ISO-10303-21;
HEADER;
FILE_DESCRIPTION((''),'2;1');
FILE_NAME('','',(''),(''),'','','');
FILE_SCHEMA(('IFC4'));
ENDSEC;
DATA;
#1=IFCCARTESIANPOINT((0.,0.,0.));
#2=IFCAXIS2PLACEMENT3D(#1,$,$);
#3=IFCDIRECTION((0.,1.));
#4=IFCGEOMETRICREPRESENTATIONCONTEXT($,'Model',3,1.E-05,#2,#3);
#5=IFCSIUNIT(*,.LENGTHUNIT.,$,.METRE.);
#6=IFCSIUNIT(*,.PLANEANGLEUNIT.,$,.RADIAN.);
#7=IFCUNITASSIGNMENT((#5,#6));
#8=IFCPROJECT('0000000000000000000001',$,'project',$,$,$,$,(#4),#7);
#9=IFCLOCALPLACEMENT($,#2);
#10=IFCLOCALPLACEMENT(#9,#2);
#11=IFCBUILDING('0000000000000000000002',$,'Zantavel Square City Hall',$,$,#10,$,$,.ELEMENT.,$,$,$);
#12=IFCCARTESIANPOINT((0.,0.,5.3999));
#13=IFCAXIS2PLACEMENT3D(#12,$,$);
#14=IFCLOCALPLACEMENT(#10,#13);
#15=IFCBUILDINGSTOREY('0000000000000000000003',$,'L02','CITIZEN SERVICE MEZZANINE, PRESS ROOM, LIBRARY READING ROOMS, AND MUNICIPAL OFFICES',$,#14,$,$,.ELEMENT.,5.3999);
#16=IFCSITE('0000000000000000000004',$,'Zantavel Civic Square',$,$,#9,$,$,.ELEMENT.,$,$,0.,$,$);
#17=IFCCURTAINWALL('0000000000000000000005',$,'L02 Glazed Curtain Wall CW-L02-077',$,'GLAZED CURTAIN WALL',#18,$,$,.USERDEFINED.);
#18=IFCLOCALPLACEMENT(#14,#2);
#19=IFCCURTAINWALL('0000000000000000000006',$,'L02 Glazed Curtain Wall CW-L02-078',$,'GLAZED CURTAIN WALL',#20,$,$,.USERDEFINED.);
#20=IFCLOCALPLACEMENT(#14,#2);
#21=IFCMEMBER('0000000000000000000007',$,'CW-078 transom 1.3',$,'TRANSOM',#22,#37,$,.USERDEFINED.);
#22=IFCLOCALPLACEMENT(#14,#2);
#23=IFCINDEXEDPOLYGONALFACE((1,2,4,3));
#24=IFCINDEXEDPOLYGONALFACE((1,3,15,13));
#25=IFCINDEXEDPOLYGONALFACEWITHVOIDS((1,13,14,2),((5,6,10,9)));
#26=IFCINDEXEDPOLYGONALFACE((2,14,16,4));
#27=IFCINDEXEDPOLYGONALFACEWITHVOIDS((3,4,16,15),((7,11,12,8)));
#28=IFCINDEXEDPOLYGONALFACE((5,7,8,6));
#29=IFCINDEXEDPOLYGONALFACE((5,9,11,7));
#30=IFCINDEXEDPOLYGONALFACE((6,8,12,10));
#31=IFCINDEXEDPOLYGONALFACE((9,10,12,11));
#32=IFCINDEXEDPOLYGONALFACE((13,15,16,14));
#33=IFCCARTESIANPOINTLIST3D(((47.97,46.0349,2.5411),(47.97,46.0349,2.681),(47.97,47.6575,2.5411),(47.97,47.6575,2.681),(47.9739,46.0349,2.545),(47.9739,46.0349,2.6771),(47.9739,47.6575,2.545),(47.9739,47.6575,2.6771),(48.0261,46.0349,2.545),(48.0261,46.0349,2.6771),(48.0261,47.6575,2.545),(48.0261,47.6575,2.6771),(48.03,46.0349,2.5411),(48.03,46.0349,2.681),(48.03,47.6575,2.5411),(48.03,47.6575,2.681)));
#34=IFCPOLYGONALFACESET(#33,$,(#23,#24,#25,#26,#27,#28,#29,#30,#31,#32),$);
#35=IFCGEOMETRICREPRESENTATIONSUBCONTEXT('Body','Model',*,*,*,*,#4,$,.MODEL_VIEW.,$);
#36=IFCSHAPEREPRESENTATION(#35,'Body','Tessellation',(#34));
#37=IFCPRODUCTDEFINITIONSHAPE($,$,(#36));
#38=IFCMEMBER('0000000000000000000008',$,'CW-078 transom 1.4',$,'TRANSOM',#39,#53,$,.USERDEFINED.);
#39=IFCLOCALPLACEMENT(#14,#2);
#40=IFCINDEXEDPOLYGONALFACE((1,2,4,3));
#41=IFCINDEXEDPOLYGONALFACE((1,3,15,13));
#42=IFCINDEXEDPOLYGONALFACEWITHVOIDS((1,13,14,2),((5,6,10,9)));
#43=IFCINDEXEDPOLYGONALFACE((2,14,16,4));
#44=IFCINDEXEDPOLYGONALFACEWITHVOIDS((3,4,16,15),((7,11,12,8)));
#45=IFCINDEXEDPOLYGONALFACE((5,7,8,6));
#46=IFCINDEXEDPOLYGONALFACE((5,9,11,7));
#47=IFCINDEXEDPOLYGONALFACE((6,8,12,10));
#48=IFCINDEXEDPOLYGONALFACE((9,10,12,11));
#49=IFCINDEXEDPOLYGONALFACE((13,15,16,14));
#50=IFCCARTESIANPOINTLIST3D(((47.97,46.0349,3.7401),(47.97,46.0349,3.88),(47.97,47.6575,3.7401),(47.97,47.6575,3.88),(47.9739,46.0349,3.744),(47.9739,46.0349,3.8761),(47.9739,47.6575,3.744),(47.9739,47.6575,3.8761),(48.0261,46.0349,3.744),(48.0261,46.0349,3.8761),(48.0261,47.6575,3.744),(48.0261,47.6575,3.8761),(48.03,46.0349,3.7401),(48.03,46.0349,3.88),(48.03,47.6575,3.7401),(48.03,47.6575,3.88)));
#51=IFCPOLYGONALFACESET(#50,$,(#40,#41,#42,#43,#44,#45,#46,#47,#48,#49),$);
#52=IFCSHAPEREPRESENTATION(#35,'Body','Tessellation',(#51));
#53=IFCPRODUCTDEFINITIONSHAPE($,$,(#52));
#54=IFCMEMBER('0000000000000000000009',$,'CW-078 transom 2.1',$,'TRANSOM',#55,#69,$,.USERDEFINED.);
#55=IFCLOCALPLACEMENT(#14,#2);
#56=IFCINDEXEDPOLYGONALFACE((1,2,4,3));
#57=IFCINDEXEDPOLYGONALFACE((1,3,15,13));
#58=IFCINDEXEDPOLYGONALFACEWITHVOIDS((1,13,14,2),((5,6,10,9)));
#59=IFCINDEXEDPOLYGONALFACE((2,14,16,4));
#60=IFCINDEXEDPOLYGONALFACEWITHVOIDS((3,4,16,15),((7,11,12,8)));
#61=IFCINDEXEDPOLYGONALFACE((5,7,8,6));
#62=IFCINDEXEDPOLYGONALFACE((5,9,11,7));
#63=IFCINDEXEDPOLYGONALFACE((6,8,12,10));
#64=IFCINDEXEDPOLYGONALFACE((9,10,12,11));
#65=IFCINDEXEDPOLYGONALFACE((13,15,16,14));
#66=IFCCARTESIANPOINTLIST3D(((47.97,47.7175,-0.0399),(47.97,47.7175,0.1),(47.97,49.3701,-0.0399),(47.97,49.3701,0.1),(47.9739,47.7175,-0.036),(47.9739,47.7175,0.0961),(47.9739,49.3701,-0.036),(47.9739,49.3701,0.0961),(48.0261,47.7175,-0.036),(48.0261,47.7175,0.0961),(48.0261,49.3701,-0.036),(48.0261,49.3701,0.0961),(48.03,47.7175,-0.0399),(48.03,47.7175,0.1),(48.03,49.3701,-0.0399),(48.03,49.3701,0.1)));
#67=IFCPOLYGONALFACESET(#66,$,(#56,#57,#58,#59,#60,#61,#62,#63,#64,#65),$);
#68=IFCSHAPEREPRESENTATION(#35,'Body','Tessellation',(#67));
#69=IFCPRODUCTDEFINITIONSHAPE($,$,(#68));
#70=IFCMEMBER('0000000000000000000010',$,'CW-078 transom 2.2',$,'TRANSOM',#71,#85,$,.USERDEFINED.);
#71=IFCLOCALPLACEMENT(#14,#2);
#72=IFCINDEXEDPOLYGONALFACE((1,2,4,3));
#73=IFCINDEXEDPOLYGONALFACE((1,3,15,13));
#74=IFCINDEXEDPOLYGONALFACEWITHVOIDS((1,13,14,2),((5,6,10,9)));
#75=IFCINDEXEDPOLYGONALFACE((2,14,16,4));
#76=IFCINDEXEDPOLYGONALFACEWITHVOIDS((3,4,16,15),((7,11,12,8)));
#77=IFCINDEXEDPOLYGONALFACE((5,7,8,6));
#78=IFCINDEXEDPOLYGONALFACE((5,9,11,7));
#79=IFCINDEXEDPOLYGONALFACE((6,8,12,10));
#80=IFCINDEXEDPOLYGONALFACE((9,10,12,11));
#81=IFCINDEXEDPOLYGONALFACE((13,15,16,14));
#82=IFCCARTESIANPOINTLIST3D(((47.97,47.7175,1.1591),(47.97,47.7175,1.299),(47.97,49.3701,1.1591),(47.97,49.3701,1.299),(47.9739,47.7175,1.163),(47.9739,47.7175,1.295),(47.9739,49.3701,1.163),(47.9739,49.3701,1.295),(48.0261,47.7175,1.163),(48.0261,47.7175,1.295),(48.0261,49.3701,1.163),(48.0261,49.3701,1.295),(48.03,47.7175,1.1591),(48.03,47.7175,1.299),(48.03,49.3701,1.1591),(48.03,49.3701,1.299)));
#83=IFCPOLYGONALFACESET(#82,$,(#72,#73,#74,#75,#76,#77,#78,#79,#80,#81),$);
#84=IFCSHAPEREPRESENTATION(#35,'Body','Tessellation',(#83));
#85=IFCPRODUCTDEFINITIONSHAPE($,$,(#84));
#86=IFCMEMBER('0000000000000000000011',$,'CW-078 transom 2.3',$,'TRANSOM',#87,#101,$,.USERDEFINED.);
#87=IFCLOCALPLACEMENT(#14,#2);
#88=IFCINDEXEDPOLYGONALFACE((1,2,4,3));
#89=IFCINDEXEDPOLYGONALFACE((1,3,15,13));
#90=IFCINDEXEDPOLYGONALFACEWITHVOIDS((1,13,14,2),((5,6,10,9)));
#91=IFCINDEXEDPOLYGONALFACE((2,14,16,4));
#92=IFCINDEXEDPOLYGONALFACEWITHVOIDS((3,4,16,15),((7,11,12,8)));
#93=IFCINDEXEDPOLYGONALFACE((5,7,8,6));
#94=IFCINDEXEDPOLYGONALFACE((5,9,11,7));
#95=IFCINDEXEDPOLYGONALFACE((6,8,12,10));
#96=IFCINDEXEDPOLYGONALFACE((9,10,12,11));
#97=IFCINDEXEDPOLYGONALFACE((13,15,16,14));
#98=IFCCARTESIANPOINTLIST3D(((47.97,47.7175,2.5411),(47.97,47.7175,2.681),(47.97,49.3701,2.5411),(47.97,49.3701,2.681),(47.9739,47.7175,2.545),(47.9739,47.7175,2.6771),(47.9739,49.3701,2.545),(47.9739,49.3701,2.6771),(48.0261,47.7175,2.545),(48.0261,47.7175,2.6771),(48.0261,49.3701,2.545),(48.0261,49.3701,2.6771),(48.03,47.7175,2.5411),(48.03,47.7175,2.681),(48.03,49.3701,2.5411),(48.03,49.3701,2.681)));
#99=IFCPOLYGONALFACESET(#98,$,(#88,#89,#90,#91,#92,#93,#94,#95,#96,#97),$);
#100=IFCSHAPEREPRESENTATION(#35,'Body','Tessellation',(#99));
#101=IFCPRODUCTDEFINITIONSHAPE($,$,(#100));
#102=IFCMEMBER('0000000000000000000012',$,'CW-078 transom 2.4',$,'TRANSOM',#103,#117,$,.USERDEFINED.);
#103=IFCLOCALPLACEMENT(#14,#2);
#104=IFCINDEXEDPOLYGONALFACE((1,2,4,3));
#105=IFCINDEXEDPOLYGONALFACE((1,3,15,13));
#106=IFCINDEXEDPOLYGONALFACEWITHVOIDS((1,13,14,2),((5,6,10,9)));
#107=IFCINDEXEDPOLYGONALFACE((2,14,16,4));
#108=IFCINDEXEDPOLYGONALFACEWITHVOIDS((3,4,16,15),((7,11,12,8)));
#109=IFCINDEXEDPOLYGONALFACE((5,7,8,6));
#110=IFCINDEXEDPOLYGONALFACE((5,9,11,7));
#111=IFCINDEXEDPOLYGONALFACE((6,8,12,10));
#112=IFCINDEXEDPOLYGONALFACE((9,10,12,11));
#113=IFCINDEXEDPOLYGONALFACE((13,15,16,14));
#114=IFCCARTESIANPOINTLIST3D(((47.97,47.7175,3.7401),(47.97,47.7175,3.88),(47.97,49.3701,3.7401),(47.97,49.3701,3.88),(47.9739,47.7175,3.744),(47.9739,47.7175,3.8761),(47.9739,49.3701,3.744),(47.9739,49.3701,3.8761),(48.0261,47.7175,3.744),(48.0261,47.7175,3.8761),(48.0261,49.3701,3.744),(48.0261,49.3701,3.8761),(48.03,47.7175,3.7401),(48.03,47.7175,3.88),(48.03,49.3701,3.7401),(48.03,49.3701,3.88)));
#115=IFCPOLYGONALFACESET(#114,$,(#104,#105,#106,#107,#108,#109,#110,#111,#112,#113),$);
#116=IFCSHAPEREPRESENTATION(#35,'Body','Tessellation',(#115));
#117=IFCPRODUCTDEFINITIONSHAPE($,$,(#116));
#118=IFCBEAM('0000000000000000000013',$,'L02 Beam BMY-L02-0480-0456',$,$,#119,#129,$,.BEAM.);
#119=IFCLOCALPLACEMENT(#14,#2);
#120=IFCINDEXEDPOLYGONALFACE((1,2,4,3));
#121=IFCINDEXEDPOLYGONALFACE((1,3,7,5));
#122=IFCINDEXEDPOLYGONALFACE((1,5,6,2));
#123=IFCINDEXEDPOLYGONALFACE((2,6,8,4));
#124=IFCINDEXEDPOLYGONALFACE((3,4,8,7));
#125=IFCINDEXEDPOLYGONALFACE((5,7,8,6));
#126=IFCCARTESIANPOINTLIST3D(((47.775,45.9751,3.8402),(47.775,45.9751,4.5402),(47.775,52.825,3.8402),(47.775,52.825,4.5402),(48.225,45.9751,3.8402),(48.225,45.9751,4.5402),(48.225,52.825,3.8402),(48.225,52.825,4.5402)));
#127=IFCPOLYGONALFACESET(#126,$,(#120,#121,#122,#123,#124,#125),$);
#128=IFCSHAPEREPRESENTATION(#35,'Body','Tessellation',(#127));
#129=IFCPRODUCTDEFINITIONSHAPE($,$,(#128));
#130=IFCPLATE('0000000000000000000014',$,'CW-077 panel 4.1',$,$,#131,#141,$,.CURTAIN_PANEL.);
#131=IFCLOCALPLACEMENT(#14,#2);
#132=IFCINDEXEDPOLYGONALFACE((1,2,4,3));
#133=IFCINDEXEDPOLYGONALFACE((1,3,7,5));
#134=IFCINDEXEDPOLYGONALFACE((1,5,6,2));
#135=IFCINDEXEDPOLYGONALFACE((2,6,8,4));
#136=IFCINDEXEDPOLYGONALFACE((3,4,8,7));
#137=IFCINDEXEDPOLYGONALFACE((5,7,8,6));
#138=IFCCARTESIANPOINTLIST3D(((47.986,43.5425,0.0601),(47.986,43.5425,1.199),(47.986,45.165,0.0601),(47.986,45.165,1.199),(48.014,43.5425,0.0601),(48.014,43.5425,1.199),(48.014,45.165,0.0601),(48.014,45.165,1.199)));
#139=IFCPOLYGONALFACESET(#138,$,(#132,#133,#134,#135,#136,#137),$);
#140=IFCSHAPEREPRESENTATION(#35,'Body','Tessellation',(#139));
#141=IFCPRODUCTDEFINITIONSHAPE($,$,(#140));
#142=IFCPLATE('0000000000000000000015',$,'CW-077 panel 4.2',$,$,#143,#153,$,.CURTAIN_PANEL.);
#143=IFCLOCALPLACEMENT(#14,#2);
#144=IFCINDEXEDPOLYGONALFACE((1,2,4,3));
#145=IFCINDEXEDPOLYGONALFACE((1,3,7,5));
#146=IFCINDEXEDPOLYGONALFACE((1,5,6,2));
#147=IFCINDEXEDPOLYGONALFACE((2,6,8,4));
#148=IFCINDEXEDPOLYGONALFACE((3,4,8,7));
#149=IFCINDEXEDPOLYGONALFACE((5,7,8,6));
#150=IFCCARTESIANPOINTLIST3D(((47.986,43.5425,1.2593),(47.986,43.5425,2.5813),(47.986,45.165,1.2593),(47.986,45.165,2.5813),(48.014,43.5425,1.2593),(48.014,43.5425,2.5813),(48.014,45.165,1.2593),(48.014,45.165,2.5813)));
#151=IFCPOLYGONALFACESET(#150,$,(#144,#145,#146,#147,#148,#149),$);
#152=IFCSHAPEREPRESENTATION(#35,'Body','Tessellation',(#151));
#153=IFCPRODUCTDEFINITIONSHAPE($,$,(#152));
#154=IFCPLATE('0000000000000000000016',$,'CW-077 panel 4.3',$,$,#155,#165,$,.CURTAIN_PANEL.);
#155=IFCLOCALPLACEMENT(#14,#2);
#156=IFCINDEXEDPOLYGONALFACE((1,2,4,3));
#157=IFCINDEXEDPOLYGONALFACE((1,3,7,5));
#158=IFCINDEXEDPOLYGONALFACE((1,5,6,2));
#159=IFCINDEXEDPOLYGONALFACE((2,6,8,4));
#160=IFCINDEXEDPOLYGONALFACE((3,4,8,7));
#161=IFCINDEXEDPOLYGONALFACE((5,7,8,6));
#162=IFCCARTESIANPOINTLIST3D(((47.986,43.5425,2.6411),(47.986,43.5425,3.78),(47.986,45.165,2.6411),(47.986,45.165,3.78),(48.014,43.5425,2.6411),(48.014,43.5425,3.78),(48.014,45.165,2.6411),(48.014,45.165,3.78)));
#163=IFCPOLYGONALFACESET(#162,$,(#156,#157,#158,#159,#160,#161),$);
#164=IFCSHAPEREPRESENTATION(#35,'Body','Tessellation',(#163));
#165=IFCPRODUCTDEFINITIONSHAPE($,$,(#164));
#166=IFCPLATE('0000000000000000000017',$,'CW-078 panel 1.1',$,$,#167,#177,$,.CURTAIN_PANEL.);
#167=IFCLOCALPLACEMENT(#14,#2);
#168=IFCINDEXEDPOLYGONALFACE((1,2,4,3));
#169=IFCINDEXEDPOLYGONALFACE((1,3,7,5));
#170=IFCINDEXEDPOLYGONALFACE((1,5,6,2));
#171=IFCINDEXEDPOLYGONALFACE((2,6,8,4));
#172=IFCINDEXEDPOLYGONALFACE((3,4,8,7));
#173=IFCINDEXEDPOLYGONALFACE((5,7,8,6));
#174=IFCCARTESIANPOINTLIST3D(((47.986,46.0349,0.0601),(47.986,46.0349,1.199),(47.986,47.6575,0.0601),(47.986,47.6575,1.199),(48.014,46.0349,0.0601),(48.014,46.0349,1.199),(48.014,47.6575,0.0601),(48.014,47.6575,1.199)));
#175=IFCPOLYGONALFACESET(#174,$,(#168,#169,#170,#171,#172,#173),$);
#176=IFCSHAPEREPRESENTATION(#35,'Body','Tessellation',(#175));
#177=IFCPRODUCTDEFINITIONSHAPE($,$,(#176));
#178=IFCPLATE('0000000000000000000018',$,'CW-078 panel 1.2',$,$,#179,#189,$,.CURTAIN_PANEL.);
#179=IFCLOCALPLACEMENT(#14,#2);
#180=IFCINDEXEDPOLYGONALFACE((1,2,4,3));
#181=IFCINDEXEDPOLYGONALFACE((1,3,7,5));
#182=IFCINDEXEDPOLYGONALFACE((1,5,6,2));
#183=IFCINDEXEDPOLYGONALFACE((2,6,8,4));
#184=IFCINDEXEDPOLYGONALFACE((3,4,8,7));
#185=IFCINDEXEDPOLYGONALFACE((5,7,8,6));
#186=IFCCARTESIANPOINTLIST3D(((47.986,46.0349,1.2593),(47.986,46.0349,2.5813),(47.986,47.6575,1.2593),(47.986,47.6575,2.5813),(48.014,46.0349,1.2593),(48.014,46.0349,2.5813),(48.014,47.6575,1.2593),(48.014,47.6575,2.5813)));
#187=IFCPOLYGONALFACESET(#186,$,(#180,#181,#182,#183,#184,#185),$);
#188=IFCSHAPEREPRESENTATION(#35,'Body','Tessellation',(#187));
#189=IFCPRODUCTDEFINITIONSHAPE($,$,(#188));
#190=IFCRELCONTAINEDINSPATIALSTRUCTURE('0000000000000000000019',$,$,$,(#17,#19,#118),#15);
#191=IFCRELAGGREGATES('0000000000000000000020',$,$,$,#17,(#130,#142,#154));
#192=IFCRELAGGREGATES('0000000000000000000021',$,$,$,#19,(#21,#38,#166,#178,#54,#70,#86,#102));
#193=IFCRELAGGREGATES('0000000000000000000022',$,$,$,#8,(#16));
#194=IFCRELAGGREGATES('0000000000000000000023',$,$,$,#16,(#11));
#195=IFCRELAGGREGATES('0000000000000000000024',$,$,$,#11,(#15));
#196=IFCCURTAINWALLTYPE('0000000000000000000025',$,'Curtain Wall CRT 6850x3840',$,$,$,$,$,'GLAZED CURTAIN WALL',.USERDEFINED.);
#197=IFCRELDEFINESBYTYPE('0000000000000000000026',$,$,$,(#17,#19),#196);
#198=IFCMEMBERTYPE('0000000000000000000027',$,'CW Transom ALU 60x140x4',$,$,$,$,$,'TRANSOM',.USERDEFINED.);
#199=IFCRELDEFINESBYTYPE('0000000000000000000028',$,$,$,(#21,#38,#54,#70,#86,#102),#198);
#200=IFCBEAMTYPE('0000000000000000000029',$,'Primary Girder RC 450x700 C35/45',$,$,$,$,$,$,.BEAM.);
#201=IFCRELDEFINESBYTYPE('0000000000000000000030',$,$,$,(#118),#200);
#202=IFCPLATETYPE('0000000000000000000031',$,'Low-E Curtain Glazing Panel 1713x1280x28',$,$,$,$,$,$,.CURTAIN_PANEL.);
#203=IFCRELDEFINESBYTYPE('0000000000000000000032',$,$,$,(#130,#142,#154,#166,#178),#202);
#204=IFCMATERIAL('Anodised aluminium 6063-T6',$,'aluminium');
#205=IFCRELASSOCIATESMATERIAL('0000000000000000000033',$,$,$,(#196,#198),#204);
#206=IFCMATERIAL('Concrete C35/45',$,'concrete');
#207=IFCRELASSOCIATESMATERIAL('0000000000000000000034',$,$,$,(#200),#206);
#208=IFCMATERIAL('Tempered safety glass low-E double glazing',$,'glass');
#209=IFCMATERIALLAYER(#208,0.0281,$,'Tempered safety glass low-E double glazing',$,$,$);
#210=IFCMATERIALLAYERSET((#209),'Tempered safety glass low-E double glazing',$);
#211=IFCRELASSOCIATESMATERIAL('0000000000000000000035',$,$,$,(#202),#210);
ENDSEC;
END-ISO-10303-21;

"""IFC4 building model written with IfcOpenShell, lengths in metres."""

from ifc_helpers import new_model, si_unit, direction, frame, origin, origin_2d, place, context, subcontext, project, spatial, rectangle, hollow_rectangle, extrude, material, layer, layer_set, material_profile, profile_set, type_object, element, aggregate, save


model = new_model("IFC4")

# Units and contexts
model_context = context("Model", 3, precision=1e-05, world=origin(), true_north=direction((0.0, 1.0)))
body_context = subcontext(model_context, "Body", "Model", "MODEL_VIEW")
ifc_project = project(units=[si_unit("LENGTHUNIT", "METRE"), si_unit("PLANEANGLEUNIT", "RADIAN")], contexts=[model_context])

# Site, building, storey
site_placement = place(None, origin())
site = spatial("IfcSite", under=ifc_project, at=site_placement, Name="Zantavel Civic Square", CompositionType="ELEMENT", RefElevation=0.0)
building_placement = place(site_placement, origin())
building = spatial("IfcBuilding", under=site, at=building_placement, Name="Zantavel Square City Hall", CompositionType="ELEMENT")
storey_placement = place(building_placement, frame((0.0, 0.0, 5.3999)))
storey = spatial("IfcBuildingStorey", under=building, at=storey_placement, Name="L02", Description="CITIZEN SERVICE MEZZANINE, PRESS ROOM, LIBRARY READING ROOMS, AND MUNICIPAL OFFICES", CompositionType="ELEMENT", Elevation=5.3999)

# Curtain wall
ifc_material_1 = material(Name="Anodised aluminium 6063-T6", Category="aluminium")
curtain_wall_type = type_object("IfcCurtainWallType", Name="Curtain Wall CRT 6850x3840", ElementType="GLAZED CURTAIN WALL", PredefinedType="USERDEFINED", material=ifc_material_1)
curtain_wall_1_placement = place(storey_placement, origin())
curtain_wall_1 = element("IfcCurtainWall", 1, at=curtain_wall_1_placement, inside=storey, type_object=curtain_wall_type, Name="L02 Glazed Curtain Wall CW-L02-077", ObjectType="GLAZED CURTAIN WALL", PredefinedType="USERDEFINED")

# Curtain wall
curtain_wall_2_placement = place(storey_placement, origin())
curtain_wall_2 = element("IfcCurtainWall", 2, at=curtain_wall_2_placement, inside=storey, type_object=curtain_wall_type, Name="L02 Glazed Curtain Wall CW-L02-078", ObjectType="GLAZED CURTAIN WALL", PredefinedType="USERDEFINED")

# Members
ifc_material_profile_1 = material_profile(ifc_material_1, hollow_rectangle(XDim=0.0601, YDim=0.1399, WallThickness=0.0039, at=origin_2d()), Name="ALU 60x140x4")
ifc_profile_set_1 = profile_set([ifc_material_profile_1], Name="Anodised aluminium 6063-T6")
member_type_1 = type_object("IfcMemberType", Name="CW Transom ALU 60x140x4", ElementType="TRANSOM", PredefinedType="USERDEFINED", material=ifc_profile_set_1)
member_1_placement = place(storey_placement, frame((48.0, 46.0349, 2.6111), z_axis=(0.0, 1.0, 0.0), x_axis=(-1.0, 0.0, 0.0)))
member_1 = element("IfcMember", 3, at=member_1_placement, type_object=member_type_1, Name="CW-078 transom 1.3", ObjectType="TRANSOM", PredefinedType="USERDEFINED", context=body_context, shape_type="SweptSolid", body=[
    extrude(hollow_rectangle(XDim=0.0601, YDim=0.1399, WallThickness=0.0039, at=origin_2d()), origin(), (0.0, 0.0, 1.0), 1.6226),
])
member_2_placement = place(storey_placement, frame((48.0, 46.0349, 3.8101), z_axis=(0.0, 1.0, 0.0), x_axis=(-1.0, 0.0, 0.0)))
member_2 = element("IfcMember", 4, at=member_2_placement, type_object=member_type_1, Name="CW-078 transom 1.4", ObjectType="TRANSOM", PredefinedType="USERDEFINED", context=body_context, shape_type="SweptSolid", body=[
    extrude(hollow_rectangle(XDim=0.0601, YDim=0.1399, WallThickness=0.0039, at=origin_2d()), origin(), (0.0, 0.0, 1.0), 1.6226),
])
member_3_placement = place(storey_placement, frame((48.0, 47.7175, 0.03), z_axis=(0.0, 1.0, 0.0), x_axis=(-1.0, 0.0, 0.0)))
member_3 = element("IfcMember", 5, at=member_3_placement, type_object=member_type_1, Name="CW-078 transom 2.1", ObjectType="TRANSOM", PredefinedType="USERDEFINED", context=body_context, shape_type="SweptSolid", body=[
    extrude(hollow_rectangle(XDim=0.0601, YDim=0.1399, WallThickness=0.0039, at=origin_2d()), origin(), (0.0, 0.0, 1.0), 1.6526),
])
member_4_placement = place(storey_placement, frame((48.0, 47.7175, 1.229), z_axis=(0.0, 1.0, 0.0), x_axis=(-1.0, 0.0, 0.0)))
member_4 = element("IfcMember", 6, at=member_4_placement, type_object=member_type_1, Name="CW-078 transom 2.2", ObjectType="TRANSOM", PredefinedType="USERDEFINED", context=body_context, shape_type="SweptSolid", body=[
    extrude(hollow_rectangle(XDim=0.0601, YDim=0.1399, WallThickness=0.0039, at=origin_2d()), origin(), (0.0, 0.0, 1.0), 1.6526),
])
member_5_placement = place(storey_placement, frame((48.0, 47.7175, 2.6111), z_axis=(0.0, 1.0, 0.0), x_axis=(-1.0, 0.0, 0.0)))
member_5 = element("IfcMember", 7, at=member_5_placement, type_object=member_type_1, Name="CW-078 transom 2.3", ObjectType="TRANSOM", PredefinedType="USERDEFINED", context=body_context, shape_type="SweptSolid", body=[
    extrude(hollow_rectangle(XDim=0.0601, YDim=0.1399, WallThickness=0.0039, at=origin_2d()), origin(), (0.0, 0.0, 1.0), 1.6526),
])
member_6_placement = place(storey_placement, frame((48.0, 47.7175, 3.8101), z_axis=(0.0, 1.0, 0.0), x_axis=(-1.0, 0.0, 0.0)))
member_6 = element("IfcMember", 8, at=member_6_placement, type_object=member_type_1, Name="CW-078 transom 2.4", ObjectType="TRANSOM", PredefinedType="USERDEFINED", context=body_context, shape_type="SweptSolid", body=[
    extrude(hollow_rectangle(XDim=0.0601, YDim=0.1399, WallThickness=0.0039, at=origin_2d()), origin(), (0.0, 0.0, 1.0), 1.6526),
])

# Beam
ifc_material_2 = material(Name="Concrete C35/45", Category="concrete")
ifc_material_profile_2 = material_profile(ifc_material_2, rectangle(XDim=0.45, YDim=0.7, at=origin_2d()), Name="RC 450x700")
ifc_profile_set_2 = profile_set([ifc_material_profile_2], Name="Concrete C35/45")
beam_type = type_object("IfcBeamType", Name="Primary Girder RC 450x700 C35/45", PredefinedType="BEAM", material=ifc_profile_set_2)
beam_placement = place(storey_placement, frame((48.0, 45.9751, 4.1902), z_axis=(0.0, 1.0, 0.0), x_axis=(-1.0, 0.0, 0.0)))
element("IfcBeam", 9, at=beam_placement, inside=storey, type_object=beam_type, Name="L02 Beam BMY-L02-0480-0456", PredefinedType="BEAM", context=body_context, shape_type="SweptSolid", body=[
    extrude(rectangle(XDim=0.45, YDim=0.7, at=origin_2d()), origin(), (0.0, 0.0, 1.0), 6.8499),
])

# Plates
ifc_material_3 = material(Name="Tempered safety glass low-E double glazing", Category="glass")
ifc_layer = layer(ifc_material_3, 0.0281, Name="Tempered safety glass low-E double glazing")
ifc_layer_set = layer_set([ifc_layer], Name="Tempered safety glass low-E double glazing")
plate_type = type_object("IfcPlateType", Name="Low-E Curtain Glazing Panel 1713x1280x28", PredefinedType="CURTAIN_PANEL", material=ifc_layer_set)
plate_1_placement = place(storey_placement, frame((48.0, 44.3538, 0.0601), z_axis=(0.0, 0.0, 1.0), x_axis=(0.0, 1.0, 0.0)))
plate_1 = element("IfcPlate", 10, at=plate_1_placement, type_object=plate_type, Name="CW-077 panel 4.1", PredefinedType="CURTAIN_PANEL", context=body_context, shape_type="SweptSolid", body=[
    extrude(rectangle(XDim=1.6226, YDim=0.0281, at=origin_2d()), origin(), (0.0, 0.0, 1.0), 1.1389),
])
plate_2_placement = place(storey_placement, frame((48.0, 44.3538, 1.2593), z_axis=(0.0, 0.0, 1.0), x_axis=(0.0, 1.0, 0.0)))
plate_2 = element("IfcPlate", 11, at=plate_2_placement, type_object=plate_type, Name="CW-077 panel 4.2", PredefinedType="CURTAIN_PANEL", context=body_context, shape_type="SweptSolid", body=[
    extrude(rectangle(XDim=1.6226, YDim=0.0281, at=origin_2d()), origin(), (0.0, 0.0, 1.0), 1.322),
])
plate_3_placement = place(storey_placement, frame((48.0, 44.3538, 2.6411), z_axis=(0.0, 0.0, 1.0), x_axis=(0.0, 1.0, 0.0)))
plate_3 = element("IfcPlate", 12, at=plate_3_placement, type_object=plate_type, Name="CW-077 panel 4.3", PredefinedType="CURTAIN_PANEL", context=body_context, shape_type="SweptSolid", body=[
    extrude(rectangle(XDim=1.6226, YDim=0.0281, at=origin_2d()), origin(), (0.0, 0.0, 1.0), 1.1389),
])
aggregate(curtain_wall_1, [plate_1, plate_2, plate_3])
plate_4_placement = place(storey_placement, frame((48.0, 46.8462, 0.0601), z_axis=(0.0, 0.0, 1.0), x_axis=(0.0, 1.0, 0.0)))
plate_4 = element("IfcPlate", 13, at=plate_4_placement, type_object=plate_type, Name="CW-078 panel 1.1", PredefinedType="CURTAIN_PANEL", context=body_context, shape_type="SweptSolid", body=[
    extrude(rectangle(XDim=1.6226, YDim=0.0281, at=origin_2d()), origin(), (0.0, 0.0, 1.0), 1.1389),
])
plate_5_placement = place(storey_placement, frame((48.0, 46.8462, 1.2593), z_axis=(0.0, 0.0, 1.0), x_axis=(0.0, 1.0, 0.0)))
plate_5 = element("IfcPlate", 14, at=plate_5_placement, type_object=plate_type, Name="CW-078 panel 1.2", PredefinedType="CURTAIN_PANEL", context=body_context, shape_type="SweptSolid", body=[
    extrude(rectangle(XDim=1.6226, YDim=0.0281, at=origin_2d()), origin(), (0.0, 0.0, 1.0), 1.322),
])
aggregate(curtain_wall_2, [member_1, member_2, plate_4, plate_5, member_3, member_4, member_5, member_6])

save(model, "model.ifc")
